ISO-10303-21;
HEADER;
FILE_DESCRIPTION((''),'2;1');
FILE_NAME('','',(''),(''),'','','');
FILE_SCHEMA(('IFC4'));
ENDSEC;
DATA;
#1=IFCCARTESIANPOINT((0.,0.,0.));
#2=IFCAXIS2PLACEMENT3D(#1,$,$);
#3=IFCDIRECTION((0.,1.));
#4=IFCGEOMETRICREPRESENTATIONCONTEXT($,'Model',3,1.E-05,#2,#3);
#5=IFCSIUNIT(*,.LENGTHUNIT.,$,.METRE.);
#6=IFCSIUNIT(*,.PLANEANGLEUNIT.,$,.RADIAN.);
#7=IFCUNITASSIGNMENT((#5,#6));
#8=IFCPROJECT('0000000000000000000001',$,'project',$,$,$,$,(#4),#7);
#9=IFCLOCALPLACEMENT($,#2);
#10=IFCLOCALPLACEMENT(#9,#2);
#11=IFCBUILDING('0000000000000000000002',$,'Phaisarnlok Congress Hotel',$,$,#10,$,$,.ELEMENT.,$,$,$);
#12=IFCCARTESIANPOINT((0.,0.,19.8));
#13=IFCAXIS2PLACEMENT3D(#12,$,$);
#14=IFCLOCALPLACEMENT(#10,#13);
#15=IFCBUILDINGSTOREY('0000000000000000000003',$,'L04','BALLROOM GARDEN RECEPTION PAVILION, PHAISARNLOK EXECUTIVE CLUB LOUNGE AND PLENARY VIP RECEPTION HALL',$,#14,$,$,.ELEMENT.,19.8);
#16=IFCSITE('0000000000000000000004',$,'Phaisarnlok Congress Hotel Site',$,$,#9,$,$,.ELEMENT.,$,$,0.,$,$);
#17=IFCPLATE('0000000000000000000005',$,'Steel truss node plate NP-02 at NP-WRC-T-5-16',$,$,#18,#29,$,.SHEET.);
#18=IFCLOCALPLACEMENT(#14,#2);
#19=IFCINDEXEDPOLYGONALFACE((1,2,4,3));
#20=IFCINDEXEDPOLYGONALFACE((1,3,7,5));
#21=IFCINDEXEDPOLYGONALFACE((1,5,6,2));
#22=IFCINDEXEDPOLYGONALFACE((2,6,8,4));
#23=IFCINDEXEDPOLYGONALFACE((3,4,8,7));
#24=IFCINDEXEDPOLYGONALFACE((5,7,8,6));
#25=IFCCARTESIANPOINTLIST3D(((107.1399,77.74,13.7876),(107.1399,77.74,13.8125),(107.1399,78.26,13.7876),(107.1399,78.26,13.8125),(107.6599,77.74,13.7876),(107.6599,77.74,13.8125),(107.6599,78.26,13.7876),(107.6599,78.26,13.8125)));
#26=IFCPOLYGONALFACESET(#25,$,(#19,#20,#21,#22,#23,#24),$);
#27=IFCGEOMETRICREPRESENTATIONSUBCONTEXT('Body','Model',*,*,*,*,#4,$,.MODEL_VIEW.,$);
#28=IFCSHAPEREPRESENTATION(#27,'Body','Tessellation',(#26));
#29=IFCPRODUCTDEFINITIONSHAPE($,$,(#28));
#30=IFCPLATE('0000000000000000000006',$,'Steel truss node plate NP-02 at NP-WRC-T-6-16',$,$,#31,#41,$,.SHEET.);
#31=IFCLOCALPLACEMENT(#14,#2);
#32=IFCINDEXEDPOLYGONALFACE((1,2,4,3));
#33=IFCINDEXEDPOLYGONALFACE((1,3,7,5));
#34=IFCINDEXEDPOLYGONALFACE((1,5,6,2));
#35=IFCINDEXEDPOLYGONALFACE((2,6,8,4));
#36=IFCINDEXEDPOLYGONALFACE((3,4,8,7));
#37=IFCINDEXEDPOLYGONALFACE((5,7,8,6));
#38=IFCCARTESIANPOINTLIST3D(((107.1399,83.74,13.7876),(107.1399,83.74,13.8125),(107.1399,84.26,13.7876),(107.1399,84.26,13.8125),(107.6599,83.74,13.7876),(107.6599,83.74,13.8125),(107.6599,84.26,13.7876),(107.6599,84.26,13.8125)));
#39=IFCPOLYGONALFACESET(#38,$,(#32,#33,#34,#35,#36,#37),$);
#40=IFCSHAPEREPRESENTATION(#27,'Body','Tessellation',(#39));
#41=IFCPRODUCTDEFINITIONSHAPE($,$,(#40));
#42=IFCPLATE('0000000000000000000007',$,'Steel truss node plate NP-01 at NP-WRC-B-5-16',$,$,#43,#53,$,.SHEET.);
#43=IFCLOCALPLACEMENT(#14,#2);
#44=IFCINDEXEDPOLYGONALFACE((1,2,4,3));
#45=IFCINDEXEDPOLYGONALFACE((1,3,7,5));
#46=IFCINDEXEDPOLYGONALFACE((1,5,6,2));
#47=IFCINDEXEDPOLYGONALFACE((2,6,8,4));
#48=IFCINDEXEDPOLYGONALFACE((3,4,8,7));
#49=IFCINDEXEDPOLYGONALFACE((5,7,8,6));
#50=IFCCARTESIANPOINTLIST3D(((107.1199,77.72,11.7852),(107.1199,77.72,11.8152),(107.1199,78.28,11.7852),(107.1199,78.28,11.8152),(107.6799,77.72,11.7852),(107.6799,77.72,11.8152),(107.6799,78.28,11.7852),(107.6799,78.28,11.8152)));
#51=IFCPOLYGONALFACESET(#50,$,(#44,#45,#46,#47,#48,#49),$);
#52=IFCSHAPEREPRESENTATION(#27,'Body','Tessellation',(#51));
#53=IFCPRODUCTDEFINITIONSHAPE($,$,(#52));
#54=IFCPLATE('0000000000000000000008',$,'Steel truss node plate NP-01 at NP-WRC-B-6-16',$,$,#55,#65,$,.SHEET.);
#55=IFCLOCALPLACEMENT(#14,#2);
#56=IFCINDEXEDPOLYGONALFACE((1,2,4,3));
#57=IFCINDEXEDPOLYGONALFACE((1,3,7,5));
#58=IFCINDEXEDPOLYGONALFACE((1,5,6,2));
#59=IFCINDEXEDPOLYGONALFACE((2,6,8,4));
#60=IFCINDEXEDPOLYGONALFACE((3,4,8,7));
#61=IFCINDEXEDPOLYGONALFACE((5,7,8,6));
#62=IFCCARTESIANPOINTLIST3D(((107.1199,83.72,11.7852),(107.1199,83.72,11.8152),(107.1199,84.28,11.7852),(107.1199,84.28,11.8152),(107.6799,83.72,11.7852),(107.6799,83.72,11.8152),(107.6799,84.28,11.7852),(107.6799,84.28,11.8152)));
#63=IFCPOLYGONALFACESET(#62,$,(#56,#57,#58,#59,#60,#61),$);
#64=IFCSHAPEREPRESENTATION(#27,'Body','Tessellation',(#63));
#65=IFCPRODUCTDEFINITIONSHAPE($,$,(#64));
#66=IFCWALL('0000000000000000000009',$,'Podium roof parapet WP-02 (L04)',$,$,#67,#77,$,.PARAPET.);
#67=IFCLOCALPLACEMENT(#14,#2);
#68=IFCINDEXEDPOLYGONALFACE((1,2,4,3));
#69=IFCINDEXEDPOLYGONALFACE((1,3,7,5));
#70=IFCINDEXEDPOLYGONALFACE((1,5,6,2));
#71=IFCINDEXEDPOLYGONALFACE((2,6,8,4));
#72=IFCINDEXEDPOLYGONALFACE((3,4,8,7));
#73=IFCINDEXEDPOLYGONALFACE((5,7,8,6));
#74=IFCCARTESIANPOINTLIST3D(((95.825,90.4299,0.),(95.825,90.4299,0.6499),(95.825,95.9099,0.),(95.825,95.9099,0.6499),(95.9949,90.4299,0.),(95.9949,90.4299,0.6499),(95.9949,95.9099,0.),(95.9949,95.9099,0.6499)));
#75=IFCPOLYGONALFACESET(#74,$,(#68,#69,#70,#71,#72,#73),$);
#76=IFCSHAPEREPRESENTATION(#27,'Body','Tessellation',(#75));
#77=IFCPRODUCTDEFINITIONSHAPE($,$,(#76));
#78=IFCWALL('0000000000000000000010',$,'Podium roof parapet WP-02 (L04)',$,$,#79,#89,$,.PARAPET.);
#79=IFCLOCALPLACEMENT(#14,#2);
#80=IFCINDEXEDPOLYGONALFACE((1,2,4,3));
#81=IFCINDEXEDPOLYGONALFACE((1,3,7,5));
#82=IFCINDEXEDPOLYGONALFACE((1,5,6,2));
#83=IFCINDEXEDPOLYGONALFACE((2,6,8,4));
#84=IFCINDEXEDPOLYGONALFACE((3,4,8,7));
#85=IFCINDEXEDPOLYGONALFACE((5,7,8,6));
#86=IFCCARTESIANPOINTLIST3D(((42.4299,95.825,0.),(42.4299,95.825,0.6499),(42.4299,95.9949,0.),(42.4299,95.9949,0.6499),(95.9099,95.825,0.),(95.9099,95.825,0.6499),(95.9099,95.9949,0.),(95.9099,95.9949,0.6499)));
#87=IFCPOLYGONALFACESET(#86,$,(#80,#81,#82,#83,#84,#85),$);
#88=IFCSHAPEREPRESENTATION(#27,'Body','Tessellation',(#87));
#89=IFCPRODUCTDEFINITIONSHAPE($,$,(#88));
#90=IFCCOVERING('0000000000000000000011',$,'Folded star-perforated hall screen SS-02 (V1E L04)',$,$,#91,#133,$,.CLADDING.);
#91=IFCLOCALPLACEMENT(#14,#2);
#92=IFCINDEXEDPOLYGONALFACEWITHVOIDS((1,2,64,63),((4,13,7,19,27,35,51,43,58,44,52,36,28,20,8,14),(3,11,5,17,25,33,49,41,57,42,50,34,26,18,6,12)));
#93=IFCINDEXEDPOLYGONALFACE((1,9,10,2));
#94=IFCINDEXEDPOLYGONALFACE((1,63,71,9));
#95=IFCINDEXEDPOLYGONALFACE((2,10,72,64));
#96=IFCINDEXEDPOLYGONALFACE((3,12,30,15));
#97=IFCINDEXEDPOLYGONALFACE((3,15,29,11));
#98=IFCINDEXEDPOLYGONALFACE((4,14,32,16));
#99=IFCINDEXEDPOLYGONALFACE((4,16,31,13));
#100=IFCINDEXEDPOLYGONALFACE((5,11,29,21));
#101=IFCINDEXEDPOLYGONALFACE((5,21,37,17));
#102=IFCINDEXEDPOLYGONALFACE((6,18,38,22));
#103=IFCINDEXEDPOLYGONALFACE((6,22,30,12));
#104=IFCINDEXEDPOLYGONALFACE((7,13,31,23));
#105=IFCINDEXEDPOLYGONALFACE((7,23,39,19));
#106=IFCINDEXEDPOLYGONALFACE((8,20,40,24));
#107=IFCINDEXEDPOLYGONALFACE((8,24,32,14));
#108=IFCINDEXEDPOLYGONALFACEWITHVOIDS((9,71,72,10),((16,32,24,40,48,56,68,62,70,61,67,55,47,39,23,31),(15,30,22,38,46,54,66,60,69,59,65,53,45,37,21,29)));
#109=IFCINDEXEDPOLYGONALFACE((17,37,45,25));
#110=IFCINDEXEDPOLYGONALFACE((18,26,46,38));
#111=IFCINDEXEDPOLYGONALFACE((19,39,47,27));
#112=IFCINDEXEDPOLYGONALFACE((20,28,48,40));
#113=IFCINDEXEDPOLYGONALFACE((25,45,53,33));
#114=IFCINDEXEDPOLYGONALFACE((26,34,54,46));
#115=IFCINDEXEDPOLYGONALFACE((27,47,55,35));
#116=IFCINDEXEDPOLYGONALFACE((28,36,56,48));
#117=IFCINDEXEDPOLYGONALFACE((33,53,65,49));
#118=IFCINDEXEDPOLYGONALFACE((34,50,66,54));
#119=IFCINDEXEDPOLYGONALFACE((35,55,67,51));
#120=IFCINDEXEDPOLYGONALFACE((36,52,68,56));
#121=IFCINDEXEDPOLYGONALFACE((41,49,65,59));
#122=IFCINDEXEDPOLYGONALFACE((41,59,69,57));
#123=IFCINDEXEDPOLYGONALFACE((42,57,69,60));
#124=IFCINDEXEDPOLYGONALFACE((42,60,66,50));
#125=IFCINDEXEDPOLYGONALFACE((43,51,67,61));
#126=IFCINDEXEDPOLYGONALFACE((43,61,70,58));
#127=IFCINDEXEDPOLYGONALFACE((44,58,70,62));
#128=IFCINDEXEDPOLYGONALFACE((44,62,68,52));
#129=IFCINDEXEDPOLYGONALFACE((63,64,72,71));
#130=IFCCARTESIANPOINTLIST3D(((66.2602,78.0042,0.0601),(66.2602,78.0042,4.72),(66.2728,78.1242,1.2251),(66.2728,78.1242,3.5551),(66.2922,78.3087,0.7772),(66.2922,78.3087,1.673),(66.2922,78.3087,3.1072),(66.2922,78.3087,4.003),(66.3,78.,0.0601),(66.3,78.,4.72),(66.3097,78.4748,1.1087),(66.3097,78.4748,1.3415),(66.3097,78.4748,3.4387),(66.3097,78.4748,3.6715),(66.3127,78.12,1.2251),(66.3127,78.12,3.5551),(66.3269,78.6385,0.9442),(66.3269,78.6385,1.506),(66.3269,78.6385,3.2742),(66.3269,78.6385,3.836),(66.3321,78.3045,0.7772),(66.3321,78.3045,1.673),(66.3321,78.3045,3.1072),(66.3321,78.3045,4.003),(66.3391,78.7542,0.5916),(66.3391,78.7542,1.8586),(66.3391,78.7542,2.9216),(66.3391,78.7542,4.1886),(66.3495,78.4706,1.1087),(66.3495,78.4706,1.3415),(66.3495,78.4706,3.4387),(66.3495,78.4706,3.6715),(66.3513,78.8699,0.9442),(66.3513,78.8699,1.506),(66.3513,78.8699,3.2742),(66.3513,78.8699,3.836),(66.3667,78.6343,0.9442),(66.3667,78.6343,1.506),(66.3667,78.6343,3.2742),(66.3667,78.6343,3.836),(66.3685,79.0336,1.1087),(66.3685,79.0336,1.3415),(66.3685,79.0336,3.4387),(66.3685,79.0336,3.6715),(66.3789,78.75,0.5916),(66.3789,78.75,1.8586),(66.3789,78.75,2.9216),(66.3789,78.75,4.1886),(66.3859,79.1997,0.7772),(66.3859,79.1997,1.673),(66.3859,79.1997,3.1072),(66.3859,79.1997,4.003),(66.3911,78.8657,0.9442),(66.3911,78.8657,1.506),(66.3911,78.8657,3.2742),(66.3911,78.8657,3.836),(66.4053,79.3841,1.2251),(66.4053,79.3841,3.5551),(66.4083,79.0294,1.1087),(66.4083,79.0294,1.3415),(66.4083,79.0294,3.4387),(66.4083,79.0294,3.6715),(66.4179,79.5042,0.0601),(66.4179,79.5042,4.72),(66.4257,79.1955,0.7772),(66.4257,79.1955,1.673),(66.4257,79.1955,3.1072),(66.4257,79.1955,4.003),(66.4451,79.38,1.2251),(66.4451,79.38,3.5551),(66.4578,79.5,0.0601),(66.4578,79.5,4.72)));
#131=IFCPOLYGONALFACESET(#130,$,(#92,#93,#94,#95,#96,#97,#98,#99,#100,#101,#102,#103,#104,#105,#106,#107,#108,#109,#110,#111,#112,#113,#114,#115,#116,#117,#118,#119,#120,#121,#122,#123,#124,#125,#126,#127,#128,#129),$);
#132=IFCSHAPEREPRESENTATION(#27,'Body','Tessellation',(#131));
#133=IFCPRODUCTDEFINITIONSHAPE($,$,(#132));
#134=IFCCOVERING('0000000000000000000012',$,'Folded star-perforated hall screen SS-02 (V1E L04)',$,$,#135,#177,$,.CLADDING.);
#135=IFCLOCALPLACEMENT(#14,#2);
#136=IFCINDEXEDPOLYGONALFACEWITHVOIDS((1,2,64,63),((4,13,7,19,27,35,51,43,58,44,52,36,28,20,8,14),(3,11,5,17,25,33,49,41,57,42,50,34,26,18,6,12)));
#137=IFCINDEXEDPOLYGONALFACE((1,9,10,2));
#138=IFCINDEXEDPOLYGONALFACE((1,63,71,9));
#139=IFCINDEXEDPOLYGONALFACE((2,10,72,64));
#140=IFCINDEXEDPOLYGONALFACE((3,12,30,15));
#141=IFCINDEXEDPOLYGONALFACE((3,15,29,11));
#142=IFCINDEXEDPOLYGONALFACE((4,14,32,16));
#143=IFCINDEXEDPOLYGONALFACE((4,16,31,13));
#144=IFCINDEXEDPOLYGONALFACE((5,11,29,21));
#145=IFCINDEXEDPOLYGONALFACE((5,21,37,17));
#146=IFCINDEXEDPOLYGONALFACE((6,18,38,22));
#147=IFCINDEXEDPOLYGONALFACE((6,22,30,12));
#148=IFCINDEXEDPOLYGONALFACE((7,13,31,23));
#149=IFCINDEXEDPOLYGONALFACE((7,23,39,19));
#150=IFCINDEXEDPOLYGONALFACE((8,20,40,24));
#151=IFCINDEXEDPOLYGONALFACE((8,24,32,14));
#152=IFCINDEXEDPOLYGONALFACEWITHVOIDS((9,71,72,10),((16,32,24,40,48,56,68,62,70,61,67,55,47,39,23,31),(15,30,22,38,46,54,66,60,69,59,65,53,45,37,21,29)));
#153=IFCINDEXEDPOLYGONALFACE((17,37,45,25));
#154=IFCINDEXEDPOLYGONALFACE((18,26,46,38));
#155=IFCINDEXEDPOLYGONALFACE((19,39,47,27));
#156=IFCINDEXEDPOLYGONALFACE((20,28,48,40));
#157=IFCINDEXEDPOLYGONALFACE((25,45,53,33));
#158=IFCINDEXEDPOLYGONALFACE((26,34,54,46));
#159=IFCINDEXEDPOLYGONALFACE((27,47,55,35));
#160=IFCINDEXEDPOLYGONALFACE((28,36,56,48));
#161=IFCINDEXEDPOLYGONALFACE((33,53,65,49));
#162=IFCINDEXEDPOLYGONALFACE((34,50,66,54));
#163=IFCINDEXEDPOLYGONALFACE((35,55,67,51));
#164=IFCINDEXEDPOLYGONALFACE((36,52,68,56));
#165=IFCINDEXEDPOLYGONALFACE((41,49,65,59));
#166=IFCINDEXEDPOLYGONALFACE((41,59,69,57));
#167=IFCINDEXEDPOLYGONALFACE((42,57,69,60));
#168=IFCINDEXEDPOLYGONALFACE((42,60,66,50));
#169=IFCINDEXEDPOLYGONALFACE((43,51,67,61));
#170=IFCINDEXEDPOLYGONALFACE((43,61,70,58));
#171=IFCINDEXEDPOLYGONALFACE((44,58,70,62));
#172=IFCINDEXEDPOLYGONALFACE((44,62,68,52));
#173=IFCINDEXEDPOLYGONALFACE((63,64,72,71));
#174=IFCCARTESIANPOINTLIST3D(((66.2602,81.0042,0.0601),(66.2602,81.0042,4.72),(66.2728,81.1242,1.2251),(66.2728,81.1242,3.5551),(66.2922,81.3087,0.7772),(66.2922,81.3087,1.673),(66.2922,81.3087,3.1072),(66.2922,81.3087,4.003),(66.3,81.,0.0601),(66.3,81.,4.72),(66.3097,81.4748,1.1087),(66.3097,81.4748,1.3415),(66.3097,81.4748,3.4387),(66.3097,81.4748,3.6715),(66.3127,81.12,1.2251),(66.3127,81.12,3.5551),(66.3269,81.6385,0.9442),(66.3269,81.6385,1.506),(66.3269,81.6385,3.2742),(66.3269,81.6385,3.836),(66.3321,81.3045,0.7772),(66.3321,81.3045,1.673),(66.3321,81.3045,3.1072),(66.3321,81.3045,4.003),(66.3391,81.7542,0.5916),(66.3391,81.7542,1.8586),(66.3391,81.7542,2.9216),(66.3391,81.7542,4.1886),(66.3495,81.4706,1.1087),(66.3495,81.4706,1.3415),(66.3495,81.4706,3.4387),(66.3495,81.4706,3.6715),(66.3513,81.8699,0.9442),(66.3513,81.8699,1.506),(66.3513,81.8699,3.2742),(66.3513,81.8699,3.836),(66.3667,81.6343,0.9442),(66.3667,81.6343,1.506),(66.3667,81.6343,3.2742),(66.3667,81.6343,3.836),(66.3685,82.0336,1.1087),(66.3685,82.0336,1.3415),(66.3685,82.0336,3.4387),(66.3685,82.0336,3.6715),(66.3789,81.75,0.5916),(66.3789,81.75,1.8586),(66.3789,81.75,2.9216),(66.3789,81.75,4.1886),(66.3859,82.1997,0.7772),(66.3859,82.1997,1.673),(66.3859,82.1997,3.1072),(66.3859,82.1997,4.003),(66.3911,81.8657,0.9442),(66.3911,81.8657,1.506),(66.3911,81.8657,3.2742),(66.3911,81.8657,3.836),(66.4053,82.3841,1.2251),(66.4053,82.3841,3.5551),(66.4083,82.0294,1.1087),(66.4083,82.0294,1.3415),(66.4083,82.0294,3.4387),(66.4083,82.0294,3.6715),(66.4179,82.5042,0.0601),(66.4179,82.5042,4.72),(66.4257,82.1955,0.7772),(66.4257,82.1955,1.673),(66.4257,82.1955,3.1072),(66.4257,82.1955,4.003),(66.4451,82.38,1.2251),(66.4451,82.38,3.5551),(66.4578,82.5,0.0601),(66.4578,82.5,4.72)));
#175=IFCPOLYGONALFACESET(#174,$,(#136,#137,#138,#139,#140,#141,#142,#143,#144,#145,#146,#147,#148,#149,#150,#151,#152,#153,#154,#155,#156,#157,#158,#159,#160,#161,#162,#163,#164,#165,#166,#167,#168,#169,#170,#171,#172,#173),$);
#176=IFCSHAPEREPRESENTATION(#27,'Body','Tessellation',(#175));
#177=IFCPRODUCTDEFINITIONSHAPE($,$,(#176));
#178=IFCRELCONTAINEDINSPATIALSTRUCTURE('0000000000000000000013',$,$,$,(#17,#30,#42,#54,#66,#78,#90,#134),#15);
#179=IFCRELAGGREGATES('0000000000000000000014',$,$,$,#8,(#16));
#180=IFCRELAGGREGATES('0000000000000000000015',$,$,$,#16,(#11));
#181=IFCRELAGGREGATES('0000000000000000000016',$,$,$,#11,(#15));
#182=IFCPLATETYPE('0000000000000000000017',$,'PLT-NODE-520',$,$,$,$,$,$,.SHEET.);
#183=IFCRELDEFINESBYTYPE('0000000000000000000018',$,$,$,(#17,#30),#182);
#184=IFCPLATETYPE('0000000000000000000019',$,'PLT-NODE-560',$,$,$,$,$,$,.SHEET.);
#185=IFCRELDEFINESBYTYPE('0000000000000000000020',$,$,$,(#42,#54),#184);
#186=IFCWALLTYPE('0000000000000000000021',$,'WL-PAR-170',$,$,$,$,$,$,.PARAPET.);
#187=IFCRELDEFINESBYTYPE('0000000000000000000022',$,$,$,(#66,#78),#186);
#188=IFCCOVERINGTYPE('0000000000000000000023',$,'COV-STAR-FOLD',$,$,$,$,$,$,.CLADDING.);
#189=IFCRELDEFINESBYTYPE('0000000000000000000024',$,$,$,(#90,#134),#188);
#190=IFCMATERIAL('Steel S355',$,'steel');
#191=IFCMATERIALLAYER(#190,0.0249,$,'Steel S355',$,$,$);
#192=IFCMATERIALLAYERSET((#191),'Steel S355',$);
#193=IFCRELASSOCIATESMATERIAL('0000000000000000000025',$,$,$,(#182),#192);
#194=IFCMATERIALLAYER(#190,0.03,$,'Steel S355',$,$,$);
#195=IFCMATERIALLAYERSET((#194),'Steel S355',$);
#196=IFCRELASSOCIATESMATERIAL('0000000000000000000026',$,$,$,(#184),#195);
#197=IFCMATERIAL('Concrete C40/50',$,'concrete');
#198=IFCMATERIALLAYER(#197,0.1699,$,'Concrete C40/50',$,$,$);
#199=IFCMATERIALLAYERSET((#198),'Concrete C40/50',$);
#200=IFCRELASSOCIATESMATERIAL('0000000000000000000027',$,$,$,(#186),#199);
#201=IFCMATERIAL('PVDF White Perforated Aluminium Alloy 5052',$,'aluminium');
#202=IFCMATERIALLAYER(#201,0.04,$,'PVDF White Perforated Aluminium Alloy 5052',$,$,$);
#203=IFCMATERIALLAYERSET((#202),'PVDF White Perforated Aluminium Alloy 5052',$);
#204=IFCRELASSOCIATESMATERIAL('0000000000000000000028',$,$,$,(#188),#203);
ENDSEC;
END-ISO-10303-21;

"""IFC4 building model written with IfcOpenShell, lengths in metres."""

from ifc_helpers import new_model, si_unit, direction, frame, frame_2d, origin, origin_2d, place, context, subcontext, project, spatial, polyline, rectangle, outline, extrude, material, layer, layer_set, type_object, element, save


model = new_model("IFC4")

# Units and contexts
model_context = context("Model", 3, precision=1e-05, world=origin(), true_north=direction((0.0, 1.0)))
body_context = subcontext(model_context, "Body", "Model", "MODEL_VIEW")
ifc_project = project(units=[si_unit("LENGTHUNIT", "METRE"), si_unit("PLANEANGLEUNIT", "RADIAN")], contexts=[model_context])

# Site, building, storey
site_placement = place(None, origin())
site = spatial("IfcSite", under=ifc_project, at=site_placement, Name="Phaisarnlok Congress Hotel Site", CompositionType="ELEMENT", RefElevation=0.0)
building_placement = place(site_placement, origin())
building = spatial("IfcBuilding", under=site, at=building_placement, Name="Phaisarnlok Congress Hotel", CompositionType="ELEMENT")
storey_placement = place(building_placement, frame((0.0, 0.0, 19.8)))
storey = spatial("IfcBuildingStorey", under=building, at=storey_placement, Name="L04", Description="BALLROOM GARDEN RECEPTION PAVILION, PHAISARNLOK EXECUTIVE CLUB LOUNGE AND PLENARY VIP RECEPTION HALL", CompositionType="ELEMENT", Elevation=19.8)

# Shared definitions
ifc_material_1 = material(Name="Steel S355", Category="steel")

# Shared definitions
ifc_material_2 = material(Name="Concrete C40/50", Category="concrete")

# Plates
ifc_layer_1 = layer(ifc_material_1, 0.0249, Name="Steel S355")
ifc_layer_set_1 = layer_set([ifc_layer_1], Name="Steel S355")
plate_type_1 = type_object("IfcPlateType", Name="PLT-NODE-520", PredefinedType="SHEET", material=ifc_layer_set_1)
for number, where, z_axis, x_axis, name in (
    (1, (107.3999, 78.0, 13.7876), (0.0, 0.0, 1.0), (1.0, 0.0, 0.0), "Steel truss node plate NP-02 at NP-WRC-T-5-16"),
    (2, (107.3999, 84.0, 13.7876), (0.0, 0.0, 1.0), (1.0, 0.0, 0.0), "Steel truss node plate NP-02 at NP-WRC-T-6-16"),
):
    element("IfcPlate", number, at=place(storey_placement, frame(where, z_axis=z_axis, x_axis=x_axis)), inside=storey, type_object=plate_type_1, Name=name, PredefinedType="SHEET", context=body_context, shape_type="SweptSolid", body=[
        extrude(rectangle(XDim=0.52, YDim=0.52, at=origin_2d()), origin(), (0.0, 0.0, 1.0), 0.0249),
    ])
ifc_layer_2 = layer(ifc_material_1, 0.03, Name="Steel S355")
ifc_layer_set_2 = layer_set([ifc_layer_2], Name="Steel S355")
plate_type_2 = type_object("IfcPlateType", Name="PLT-NODE-560", PredefinedType="SHEET", material=ifc_layer_set_2)
for number, where, z_axis, x_axis, name in (
    (3, (107.3999, 78.0, 11.7852), (0.0, 0.0, 1.0), (1.0, 0.0, 0.0), "Steel truss node plate NP-01 at NP-WRC-B-5-16"),
    (4, (107.3999, 84.0, 11.7852), (0.0, 0.0, 1.0), (1.0, 0.0, 0.0), "Steel truss node plate NP-01 at NP-WRC-B-6-16"),
):
    element("IfcPlate", number, at=place(storey_placement, frame(where, z_axis=z_axis, x_axis=x_axis)), inside=storey, type_object=plate_type_2, Name=name, PredefinedType="SHEET", context=body_context, shape_type="SweptSolid", body=[
        extrude(rectangle(XDim=0.5601, YDim=0.5601, at=origin_2d()), origin(), (0.0, 0.0, 1.0), 0.03),
    ])

# Walls
ifc_layer_3 = layer(ifc_material_2, 0.1699, Name="Concrete C40/50")
ifc_layer_set_3 = layer_set([ifc_layer_3], Name="Concrete C40/50")
wall_type = type_object("IfcWallType", Name="WL-PAR-170", PredefinedType="PARAPET", material=ifc_layer_set_3)
wall_1_placement = place(storey_placement, frame((95.9099, 90.4299, 0.0), z_axis=(0.0, 0.0, 1.0), x_axis=(0.0, 1.0, 0.0)))
element("IfcWall", 5, at=wall_1_placement, inside=storey, type_object=wall_type, Name="Podium roof parapet WP-02 (L04)", PredefinedType="PARAPET", context=body_context, shape_type="SweptSolid", body=[
    extrude(rectangle(XDim=5.48, YDim=0.1699, at=frame_2d((2.74, 0.0))), origin(), (0.0, 0.0, 1.0), 0.6499),
])
wall_2_placement = place(storey_placement, frame((95.9099, 95.9099, 0.0), z_axis=(0.0, 0.0, 1.0), x_axis=(-1.0, 0.0, 0.0)))
element("IfcWall", 6, at=wall_2_placement, inside=storey, type_object=wall_type, Name="Podium roof parapet WP-02 (L04)", PredefinedType="PARAPET", context=body_context, shape_type="SweptSolid", body=[
    extrude(rectangle(XDim=53.48, YDim=0.1699, at=frame_2d((26.74, 0.0))), origin(), (0.0, 0.0, 1.0), 0.6499),
])

# Coverings
ifc_material_3 = material(Name="PVDF White Perforated Aluminium Alloy 5052", Category="aluminium")
ifc_layer_4 = layer(ifc_material_3, 0.04, Name="PVDF White Perforated Aluminium Alloy 5052")
ifc_layer_set_4 = layer_set([ifc_layer_4], Name="PVDF White Perforated Aluminium Alloy 5052")
covering_type = type_object("IfcCoveringType", Name="COV-STAR-FOLD", PredefinedType="CLADDING", material=ifc_layer_set_4)
for number, where, z_axis, x_axis, name in (
    (7, (66.4578, 79.5, 0.0601), (-0.994518, 0.104567, 0.0), (-0.104567, -0.994518, 0.0), "Folded star-perforated hall screen SS-02 (V1E L04)"),
    (8, (66.4578, 82.5, 0.0601), (-0.994518, 0.104567, 0.0), (-0.104567, -0.994518, 0.0), "Folded star-perforated hall screen SS-02 (V1E L04)"),
):
    element("IfcCovering", number, at=place(storey_placement, frame(where, z_axis=z_axis, x_axis=x_axis)), inside=storey, type_object=covering_type, Name=name, PredefinedType="CLADDING", context=body_context, shape_type="SweptSolid", body=[
        extrude(outline(polyline([(0.0, 0.0), (1.5083, 0.0), (1.5083, 4.6599), (0.0, 4.6599), (0.0, 0.0)]), holes=[polyline([(1.0351, 1.0486), (1.2021, 0.7171), (0.8705, 0.8841), (0.7541, 0.5315), (0.6378, 0.8841), (0.3062, 0.7171), (0.4732, 1.0486), (0.1207, 1.165), (0.4732, 1.2814), (0.3062, 1.6129), (0.6378, 1.4459), (0.7541, 1.7985), (0.8705, 1.4459), (1.2021, 1.6129), (1.0351, 1.2814), (1.3876, 1.165), (1.0351, 1.0486)]), polyline([(1.0351, 3.3786), (1.2021, 3.0471), (0.8705, 3.2141), (0.7541, 2.8615), (0.6378, 3.2141), (0.3062, 3.0471), (0.4732, 3.3786), (0.1207, 3.495), (0.4732, 3.6114), (0.3062, 3.9429), (0.6378, 3.7759), (0.7541, 4.1285), (0.8705, 3.7759), (1.2021, 3.9429), (1.0351, 3.6114), (1.3876, 3.495), (1.0351, 3.3786)])]), origin(), (0.0, 0.0, 1.0), 0.04),
    ])

save(model, "model.ifc")
